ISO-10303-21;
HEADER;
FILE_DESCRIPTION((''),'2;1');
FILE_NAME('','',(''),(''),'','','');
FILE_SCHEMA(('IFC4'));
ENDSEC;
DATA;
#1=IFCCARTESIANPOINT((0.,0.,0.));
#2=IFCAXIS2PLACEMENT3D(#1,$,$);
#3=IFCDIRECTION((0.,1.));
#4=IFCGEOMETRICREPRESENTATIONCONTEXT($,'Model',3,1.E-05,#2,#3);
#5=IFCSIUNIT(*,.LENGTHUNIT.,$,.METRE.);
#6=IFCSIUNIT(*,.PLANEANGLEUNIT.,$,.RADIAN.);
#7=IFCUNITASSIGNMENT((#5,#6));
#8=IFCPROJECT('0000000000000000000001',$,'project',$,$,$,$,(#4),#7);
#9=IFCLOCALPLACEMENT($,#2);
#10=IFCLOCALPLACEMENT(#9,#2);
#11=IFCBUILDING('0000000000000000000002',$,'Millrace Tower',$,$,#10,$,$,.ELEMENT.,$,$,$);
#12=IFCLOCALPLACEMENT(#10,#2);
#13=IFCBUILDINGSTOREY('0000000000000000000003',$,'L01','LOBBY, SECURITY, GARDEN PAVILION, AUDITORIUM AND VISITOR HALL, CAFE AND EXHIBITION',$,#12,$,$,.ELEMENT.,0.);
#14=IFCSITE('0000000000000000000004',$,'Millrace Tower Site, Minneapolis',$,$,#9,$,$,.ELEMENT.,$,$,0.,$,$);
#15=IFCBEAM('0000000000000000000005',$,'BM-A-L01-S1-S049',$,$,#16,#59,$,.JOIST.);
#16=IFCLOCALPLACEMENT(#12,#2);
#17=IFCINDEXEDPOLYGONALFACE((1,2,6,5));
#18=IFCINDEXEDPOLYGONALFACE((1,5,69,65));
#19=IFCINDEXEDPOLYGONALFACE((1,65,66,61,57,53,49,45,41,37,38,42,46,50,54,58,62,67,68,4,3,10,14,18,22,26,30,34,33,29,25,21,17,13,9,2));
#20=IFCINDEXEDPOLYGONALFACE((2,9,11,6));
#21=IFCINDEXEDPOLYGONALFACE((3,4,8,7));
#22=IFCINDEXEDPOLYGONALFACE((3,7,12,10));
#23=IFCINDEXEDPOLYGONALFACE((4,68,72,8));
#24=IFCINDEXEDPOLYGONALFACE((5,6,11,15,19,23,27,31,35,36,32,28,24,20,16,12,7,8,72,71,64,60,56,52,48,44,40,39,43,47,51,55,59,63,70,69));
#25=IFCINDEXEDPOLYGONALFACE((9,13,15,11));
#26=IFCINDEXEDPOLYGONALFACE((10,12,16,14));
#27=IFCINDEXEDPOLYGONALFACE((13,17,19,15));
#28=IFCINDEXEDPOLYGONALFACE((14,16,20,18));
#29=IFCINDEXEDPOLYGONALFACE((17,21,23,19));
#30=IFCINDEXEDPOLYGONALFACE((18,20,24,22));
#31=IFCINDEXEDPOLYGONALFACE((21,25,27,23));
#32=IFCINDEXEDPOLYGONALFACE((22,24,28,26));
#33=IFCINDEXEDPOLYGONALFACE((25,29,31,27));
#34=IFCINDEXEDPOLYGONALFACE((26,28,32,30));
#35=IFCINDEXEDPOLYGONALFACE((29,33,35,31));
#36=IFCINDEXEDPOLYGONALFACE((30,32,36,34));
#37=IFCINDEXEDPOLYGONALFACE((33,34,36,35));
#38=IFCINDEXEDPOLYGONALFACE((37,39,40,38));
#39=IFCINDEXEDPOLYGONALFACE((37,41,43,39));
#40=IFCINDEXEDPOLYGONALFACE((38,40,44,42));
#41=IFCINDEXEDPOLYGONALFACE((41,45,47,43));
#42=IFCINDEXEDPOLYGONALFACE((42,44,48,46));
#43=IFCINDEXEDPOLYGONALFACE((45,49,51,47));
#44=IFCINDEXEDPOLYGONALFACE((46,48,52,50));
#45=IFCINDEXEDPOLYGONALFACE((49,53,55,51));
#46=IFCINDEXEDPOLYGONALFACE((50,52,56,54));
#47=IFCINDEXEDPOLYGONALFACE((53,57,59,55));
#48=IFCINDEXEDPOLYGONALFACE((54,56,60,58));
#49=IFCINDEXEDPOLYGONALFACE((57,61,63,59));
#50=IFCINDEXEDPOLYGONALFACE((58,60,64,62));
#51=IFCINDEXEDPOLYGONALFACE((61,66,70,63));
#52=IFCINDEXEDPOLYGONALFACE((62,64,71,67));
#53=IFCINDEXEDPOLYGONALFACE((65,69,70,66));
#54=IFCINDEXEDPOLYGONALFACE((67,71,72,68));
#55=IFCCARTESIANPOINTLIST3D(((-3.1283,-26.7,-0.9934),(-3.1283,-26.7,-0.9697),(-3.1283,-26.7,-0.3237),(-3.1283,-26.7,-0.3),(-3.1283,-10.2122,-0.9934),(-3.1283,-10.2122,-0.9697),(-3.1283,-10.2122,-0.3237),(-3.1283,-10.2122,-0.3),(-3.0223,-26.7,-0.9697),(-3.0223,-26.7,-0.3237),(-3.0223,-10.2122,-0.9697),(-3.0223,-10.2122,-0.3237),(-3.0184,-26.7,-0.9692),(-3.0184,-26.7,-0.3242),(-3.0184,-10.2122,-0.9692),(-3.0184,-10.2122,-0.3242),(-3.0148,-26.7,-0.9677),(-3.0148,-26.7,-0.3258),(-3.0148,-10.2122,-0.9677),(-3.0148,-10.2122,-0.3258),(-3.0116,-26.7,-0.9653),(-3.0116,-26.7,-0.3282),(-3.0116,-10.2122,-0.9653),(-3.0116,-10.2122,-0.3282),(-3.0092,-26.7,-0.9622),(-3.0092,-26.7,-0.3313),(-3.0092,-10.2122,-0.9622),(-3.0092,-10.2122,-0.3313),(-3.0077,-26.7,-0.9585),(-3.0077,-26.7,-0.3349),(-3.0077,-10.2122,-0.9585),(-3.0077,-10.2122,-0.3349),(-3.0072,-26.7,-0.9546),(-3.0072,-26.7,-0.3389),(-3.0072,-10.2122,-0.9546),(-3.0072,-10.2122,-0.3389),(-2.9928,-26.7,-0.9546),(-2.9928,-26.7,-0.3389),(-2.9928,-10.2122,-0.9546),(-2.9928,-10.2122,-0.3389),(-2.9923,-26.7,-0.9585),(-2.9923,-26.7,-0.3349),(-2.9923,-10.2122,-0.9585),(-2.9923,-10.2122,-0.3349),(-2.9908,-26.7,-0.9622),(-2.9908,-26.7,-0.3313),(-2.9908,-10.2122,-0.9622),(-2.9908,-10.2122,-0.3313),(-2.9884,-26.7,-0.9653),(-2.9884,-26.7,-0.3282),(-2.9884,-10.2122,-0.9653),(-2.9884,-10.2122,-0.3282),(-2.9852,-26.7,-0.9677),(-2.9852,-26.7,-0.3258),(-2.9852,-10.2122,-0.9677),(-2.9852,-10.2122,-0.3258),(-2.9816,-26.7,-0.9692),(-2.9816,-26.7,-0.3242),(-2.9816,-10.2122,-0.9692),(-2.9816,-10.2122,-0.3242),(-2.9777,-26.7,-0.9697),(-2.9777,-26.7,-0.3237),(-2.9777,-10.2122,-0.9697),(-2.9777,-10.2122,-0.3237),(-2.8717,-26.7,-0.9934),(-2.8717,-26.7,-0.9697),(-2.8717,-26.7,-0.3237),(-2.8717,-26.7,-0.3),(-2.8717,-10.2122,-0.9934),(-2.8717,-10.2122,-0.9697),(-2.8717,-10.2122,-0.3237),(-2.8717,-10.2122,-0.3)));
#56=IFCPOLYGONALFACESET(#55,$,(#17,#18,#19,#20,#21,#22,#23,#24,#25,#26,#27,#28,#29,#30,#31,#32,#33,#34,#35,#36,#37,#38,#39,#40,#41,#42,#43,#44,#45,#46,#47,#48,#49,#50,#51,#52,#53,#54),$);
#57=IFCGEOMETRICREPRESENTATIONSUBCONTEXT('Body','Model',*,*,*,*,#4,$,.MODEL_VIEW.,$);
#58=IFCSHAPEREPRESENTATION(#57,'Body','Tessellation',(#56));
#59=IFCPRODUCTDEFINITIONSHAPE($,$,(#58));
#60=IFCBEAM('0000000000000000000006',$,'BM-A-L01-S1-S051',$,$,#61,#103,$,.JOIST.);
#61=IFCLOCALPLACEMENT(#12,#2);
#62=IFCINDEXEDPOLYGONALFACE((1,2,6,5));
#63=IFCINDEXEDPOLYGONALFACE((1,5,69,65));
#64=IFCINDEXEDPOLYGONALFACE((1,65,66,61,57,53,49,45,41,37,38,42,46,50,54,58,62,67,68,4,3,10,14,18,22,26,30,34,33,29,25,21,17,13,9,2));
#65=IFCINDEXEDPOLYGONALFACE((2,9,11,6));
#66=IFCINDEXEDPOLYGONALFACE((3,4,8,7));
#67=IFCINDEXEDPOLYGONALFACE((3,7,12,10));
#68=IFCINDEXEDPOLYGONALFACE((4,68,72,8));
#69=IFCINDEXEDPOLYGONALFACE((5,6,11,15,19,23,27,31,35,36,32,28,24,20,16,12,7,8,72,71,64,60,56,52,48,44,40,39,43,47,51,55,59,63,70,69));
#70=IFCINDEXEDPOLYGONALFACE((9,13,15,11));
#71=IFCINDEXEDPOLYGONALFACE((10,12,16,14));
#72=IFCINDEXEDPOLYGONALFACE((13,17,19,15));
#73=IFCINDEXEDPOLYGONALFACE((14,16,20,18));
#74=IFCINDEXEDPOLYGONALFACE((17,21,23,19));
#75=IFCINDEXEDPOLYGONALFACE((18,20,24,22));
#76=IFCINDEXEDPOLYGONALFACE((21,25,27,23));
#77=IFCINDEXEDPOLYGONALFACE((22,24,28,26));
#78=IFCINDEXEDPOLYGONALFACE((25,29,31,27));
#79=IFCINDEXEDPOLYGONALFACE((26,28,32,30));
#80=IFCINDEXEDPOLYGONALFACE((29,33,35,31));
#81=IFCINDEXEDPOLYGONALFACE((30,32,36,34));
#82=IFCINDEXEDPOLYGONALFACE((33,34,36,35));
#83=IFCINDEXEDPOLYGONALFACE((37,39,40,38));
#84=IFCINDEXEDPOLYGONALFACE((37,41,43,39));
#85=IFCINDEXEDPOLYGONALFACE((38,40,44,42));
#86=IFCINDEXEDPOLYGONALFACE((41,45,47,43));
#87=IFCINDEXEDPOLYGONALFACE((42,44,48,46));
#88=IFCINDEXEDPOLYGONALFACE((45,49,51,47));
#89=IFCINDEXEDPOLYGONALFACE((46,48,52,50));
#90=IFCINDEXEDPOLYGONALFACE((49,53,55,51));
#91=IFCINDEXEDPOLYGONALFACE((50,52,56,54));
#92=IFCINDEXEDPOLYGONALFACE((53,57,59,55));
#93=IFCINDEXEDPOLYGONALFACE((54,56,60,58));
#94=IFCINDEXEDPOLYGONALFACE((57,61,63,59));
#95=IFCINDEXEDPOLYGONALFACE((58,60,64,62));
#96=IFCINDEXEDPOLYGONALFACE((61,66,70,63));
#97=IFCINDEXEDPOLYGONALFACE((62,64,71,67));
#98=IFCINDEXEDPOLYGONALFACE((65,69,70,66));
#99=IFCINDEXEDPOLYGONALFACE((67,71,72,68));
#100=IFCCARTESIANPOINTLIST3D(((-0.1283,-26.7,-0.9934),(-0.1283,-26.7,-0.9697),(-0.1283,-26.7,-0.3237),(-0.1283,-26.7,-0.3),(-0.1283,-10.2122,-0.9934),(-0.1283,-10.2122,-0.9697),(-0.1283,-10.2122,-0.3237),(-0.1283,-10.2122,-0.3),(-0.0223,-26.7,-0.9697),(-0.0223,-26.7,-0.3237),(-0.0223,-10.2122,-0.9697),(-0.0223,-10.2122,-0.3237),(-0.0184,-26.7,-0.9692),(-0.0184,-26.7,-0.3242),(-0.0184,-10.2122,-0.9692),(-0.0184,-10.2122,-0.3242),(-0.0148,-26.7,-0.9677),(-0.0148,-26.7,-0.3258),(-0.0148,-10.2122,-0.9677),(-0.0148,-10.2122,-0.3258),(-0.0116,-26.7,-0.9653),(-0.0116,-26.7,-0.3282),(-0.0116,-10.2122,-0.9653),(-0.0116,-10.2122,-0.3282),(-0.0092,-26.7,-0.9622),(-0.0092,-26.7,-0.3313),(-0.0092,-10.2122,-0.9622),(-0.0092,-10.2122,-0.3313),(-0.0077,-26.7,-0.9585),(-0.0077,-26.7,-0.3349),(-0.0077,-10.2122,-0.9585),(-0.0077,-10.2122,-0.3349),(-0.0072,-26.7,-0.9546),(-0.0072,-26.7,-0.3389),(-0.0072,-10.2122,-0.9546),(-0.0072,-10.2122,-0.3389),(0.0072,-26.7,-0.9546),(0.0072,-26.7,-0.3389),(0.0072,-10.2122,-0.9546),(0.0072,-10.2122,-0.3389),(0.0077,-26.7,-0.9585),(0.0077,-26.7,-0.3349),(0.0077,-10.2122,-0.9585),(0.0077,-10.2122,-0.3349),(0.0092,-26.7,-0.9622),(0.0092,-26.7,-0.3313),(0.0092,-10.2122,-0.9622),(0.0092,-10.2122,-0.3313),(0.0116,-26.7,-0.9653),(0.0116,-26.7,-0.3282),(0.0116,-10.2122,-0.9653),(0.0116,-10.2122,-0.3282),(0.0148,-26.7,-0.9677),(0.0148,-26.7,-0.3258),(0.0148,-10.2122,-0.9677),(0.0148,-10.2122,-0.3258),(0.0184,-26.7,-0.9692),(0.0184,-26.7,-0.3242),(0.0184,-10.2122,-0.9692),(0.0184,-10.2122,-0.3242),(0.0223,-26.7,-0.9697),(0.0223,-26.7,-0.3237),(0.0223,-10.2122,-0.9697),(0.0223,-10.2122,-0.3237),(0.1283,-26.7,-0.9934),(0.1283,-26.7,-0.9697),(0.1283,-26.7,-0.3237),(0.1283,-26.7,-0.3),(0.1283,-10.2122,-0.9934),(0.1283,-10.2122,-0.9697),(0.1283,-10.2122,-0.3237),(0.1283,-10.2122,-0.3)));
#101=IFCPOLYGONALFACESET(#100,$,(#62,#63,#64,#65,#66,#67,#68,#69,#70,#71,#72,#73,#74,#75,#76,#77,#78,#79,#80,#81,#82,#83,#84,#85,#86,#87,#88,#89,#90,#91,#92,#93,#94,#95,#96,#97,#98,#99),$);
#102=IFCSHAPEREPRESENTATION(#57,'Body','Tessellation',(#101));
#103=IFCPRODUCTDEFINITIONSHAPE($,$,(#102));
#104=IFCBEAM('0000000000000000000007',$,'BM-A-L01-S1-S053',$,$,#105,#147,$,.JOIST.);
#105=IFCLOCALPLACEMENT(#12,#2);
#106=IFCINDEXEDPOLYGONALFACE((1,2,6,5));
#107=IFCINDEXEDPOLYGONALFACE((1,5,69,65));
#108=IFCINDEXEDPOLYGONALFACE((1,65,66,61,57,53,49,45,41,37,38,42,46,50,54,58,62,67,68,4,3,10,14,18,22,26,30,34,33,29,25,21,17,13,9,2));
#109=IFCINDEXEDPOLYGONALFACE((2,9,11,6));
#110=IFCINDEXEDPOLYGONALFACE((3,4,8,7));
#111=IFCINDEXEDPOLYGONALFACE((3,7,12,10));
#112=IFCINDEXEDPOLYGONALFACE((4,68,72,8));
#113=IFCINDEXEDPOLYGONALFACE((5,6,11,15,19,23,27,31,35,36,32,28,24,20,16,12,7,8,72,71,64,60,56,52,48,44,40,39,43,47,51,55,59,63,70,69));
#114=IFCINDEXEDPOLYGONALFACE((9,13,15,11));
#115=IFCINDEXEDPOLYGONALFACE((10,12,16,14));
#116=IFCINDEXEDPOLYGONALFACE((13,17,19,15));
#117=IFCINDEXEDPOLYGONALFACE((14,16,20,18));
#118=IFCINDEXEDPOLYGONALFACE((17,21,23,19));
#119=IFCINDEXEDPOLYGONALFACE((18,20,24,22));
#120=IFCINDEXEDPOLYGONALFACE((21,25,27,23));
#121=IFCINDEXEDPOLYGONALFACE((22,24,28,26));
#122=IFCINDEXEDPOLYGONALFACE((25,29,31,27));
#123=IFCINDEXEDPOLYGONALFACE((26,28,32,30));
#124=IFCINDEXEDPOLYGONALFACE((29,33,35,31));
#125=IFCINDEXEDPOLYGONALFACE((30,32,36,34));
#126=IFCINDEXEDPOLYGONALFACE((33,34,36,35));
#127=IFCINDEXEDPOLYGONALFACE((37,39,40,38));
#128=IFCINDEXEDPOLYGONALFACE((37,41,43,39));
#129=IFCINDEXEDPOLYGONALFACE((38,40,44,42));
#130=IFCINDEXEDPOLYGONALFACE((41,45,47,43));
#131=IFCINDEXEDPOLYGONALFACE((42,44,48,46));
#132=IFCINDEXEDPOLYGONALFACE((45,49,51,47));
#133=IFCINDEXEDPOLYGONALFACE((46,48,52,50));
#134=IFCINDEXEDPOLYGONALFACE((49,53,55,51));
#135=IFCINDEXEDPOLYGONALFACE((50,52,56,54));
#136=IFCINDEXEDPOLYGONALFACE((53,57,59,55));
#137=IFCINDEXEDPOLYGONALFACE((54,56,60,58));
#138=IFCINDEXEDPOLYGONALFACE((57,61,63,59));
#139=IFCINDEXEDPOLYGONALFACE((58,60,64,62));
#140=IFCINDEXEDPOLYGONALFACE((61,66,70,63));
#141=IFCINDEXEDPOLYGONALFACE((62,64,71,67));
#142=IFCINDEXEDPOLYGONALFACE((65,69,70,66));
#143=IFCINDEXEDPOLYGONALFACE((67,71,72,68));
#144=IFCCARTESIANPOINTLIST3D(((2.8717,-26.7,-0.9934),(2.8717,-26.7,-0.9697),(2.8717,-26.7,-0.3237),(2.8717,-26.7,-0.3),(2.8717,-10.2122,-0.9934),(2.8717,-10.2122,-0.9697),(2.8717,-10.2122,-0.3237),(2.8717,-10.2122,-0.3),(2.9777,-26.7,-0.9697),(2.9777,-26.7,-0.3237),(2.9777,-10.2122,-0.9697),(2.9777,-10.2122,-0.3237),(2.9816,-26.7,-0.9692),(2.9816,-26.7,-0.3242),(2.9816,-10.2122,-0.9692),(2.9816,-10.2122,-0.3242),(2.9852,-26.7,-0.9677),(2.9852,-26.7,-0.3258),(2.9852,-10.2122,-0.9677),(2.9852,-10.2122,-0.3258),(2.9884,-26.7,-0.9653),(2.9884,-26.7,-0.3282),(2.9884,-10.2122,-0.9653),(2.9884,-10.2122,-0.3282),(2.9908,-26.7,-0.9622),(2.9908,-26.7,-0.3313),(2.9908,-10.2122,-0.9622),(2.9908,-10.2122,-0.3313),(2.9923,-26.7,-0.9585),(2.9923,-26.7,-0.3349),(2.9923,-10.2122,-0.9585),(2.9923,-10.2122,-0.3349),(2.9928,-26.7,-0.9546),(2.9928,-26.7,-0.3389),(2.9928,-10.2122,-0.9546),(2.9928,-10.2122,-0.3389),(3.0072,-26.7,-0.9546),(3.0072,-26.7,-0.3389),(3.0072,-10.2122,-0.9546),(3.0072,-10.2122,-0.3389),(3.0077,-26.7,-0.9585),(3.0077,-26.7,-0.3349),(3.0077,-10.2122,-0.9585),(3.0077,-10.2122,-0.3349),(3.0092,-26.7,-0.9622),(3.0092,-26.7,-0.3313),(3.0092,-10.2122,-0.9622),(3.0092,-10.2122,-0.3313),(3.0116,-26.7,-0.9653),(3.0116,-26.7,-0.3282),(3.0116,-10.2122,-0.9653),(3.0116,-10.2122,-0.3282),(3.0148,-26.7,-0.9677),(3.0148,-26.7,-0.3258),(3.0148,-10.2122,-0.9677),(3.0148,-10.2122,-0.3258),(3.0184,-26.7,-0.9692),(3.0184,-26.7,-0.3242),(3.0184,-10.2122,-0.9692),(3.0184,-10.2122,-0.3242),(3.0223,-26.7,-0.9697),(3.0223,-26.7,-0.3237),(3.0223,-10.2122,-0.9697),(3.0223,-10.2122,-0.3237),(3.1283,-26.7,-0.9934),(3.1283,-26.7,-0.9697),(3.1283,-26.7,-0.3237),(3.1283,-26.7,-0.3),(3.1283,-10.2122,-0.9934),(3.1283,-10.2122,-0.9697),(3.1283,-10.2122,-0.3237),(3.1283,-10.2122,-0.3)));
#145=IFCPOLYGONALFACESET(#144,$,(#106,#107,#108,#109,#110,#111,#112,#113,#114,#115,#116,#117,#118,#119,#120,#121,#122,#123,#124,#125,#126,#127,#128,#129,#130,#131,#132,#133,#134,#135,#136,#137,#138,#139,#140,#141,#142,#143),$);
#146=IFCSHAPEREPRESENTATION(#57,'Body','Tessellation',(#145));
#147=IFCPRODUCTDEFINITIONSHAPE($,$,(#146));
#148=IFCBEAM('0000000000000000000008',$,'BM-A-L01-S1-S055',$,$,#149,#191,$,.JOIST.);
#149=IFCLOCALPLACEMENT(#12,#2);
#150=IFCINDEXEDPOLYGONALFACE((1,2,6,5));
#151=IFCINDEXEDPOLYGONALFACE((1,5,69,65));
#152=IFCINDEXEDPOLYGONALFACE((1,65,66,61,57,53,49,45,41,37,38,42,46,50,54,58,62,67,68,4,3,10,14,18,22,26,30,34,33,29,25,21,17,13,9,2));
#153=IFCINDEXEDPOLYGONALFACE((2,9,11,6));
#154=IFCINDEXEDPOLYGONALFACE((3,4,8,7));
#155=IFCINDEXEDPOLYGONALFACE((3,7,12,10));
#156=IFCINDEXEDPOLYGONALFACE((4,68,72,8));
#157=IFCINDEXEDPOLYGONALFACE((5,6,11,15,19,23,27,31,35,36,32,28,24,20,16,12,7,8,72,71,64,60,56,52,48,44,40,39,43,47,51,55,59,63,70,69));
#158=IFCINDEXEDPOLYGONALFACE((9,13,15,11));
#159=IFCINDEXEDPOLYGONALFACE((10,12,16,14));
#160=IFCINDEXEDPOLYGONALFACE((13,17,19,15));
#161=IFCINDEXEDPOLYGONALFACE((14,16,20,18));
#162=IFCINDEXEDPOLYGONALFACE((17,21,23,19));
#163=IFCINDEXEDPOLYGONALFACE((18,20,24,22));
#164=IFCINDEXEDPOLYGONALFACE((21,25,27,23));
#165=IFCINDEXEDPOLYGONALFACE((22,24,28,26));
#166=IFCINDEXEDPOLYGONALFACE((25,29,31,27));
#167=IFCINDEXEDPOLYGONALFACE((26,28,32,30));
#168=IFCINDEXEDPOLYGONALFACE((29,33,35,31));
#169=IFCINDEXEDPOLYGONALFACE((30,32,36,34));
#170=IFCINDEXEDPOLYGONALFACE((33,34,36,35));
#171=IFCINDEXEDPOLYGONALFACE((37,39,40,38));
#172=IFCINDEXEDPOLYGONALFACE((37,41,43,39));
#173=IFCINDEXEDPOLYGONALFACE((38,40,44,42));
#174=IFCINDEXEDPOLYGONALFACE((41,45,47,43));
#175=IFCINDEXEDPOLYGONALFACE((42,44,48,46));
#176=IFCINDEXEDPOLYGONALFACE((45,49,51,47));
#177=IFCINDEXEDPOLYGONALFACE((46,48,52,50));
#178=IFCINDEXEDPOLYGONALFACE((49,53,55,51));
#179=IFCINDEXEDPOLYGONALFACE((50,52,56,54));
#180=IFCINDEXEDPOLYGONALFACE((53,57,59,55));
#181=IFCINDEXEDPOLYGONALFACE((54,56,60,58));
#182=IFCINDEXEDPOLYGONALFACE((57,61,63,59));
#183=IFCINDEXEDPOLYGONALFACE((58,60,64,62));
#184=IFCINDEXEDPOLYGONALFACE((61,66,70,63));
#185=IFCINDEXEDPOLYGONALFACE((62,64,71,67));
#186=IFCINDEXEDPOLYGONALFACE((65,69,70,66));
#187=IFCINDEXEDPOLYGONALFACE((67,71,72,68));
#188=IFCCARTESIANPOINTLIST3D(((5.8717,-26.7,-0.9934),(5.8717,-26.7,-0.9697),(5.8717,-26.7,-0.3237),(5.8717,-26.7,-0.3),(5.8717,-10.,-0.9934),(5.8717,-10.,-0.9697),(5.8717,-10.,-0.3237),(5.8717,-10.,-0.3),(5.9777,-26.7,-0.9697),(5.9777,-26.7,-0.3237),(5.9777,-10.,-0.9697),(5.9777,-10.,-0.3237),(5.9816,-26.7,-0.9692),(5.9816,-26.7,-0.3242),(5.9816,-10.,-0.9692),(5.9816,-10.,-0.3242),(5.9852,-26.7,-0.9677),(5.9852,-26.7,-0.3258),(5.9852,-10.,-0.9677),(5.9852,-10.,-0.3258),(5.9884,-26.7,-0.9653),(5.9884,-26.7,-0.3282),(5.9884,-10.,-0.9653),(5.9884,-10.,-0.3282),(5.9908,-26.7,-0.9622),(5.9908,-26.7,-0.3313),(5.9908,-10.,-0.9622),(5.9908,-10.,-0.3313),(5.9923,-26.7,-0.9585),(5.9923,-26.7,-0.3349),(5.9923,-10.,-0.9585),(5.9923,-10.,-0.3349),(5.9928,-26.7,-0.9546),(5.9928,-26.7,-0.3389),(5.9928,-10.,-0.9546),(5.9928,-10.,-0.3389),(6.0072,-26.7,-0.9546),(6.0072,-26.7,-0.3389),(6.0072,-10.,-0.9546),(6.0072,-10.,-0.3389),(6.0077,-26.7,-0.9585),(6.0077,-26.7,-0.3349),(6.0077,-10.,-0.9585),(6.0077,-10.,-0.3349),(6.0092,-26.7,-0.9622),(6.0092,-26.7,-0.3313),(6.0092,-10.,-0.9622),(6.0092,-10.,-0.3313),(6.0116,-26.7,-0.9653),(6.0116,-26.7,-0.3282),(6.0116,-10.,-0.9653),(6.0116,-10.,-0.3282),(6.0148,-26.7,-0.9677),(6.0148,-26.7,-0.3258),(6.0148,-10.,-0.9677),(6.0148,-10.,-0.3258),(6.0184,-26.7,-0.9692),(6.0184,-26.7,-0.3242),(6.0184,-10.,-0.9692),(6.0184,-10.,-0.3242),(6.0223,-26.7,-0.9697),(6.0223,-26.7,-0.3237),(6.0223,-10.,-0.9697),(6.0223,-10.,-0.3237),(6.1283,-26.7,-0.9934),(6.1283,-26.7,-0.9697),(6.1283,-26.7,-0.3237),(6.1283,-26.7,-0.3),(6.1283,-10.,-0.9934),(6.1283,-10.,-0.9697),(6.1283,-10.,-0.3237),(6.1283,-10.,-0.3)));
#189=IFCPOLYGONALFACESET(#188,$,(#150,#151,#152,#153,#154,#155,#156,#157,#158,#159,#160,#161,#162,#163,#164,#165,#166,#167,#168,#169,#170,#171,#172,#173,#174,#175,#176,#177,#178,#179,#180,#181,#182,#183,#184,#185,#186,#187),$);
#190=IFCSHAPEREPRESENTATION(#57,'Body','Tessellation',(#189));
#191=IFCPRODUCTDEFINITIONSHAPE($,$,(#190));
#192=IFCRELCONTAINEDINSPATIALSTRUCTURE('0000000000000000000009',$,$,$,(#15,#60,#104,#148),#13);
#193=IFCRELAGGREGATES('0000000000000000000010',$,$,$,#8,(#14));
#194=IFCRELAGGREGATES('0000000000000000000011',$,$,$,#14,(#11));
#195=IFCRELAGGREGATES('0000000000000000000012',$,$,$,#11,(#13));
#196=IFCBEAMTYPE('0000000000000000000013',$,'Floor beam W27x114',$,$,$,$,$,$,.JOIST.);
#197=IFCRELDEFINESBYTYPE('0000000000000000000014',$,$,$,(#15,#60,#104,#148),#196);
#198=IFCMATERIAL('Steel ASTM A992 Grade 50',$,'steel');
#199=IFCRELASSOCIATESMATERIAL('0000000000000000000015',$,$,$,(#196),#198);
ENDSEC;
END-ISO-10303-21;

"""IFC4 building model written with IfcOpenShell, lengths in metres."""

from ifc_helpers import new_model, si_unit, direction, frame, origin, origin_2d, place, context, subcontext, project, spatial, i_section, extrude, material, material_profile, profile_set, type_object, element, save


model = new_model("IFC4")

# Units and contexts
model_context = context("Model", 3, precision=1e-05, world=origin(), true_north=direction((0.0, 1.0)))
body_context = subcontext(model_context, "Body", "Model", "MODEL_VIEW")
ifc_project = project(units=[si_unit("LENGTHUNIT", "METRE"), si_unit("PLANEANGLEUNIT", "RADIAN")], contexts=[model_context])

# Site, building, storey
site_placement = place(None, origin())
site = spatial("IfcSite", under=ifc_project, at=site_placement, Name="Millrace Tower Site, Minneapolis", CompositionType="ELEMENT", RefElevation=0.0)
building_placement = place(site_placement, origin())
building = spatial("IfcBuilding", under=site, at=building_placement, Name="Millrace Tower", CompositionType="ELEMENT")
storey_placement = place(building_placement, origin())
storey = spatial("IfcBuildingStorey", under=building, at=storey_placement, Name="L01", Description="LOBBY, SECURITY, GARDEN PAVILION, AUDITORIUM AND VISITOR HALL, CAFE AND EXHIBITION", CompositionType="ELEMENT", Elevation=0.0)

# Beams
ifc_material_1 = material(Name="Steel ASTM A992 Grade 50", Category="steel")
ifc_material_profile_1 = material_profile(ifc_material_1, i_section(OverallWidth=0.2566, OverallDepth=0.6934, WebThickness=0.0144, FlangeThickness=0.0237, FilletRadius=0.0151, at=origin_2d()))
ifc_profile_set_1 = profile_set([ifc_material_profile_1], Name="Steel ASTM A992 Grade 50")
beam_type_1 = type_object("IfcBeamType", Name="Floor beam W27x114", PredefinedType="JOIST", material=ifc_profile_set_1)
for number, where, z_axis, x_axis, name in (
    (1, (-3.0, -26.7, -0.6467), (0.0, 1.0, 0.0), (-1.0, 0.0, 0.0), "BM-A-L01-S1-S049"),
    (2, (0.0, -26.7, -0.6467), (0.0, 1.0, 0.0), (-1.0, 0.0, 0.0), "BM-A-L01-S1-S051"),
    (3, (3.0, -26.7, -0.6467), (0.0, 1.0, 0.0), (-1.0, 0.0, 0.0), "BM-A-L01-S1-S053"),
):
    element("IfcBeam", number, at=place(storey_placement, frame(where, z_axis=z_axis, x_axis=x_axis)), inside=storey, type_object=beam_type_1, Name=name, PredefinedType="JOIST", context=body_context, shape_type="SweptSolid", body=[
        extrude(i_section(OverallWidth=0.2566, OverallDepth=0.6934, WebThickness=0.0144, FlangeThickness=0.0237, FilletRadius=0.0151, at=origin_2d()), origin(), (0.0, 0.0, 1.0), 16.4878),
    ])
beam_1_placement = place(storey_placement, frame((6.0, -26.7, -0.6467), z_axis=(0.0, 1.0, 0.0), x_axis=(-1.0, 0.0, 0.0)))
element("IfcBeam", 4, at=beam_1_placement, inside=storey, type_object=beam_type_1, Name="BM-A-L01-S1-S055", PredefinedType="JOIST", context=body_context, shape_type="SweptSolid", body=[
    extrude(i_section(OverallWidth=0.2566, OverallDepth=0.6934, WebThickness=0.0144, FlangeThickness=0.0237, FilletRadius=0.0151, at=origin_2d()), origin(), (0.0, 0.0, 1.0), 16.7),
])

save(model, "model.ifc")
